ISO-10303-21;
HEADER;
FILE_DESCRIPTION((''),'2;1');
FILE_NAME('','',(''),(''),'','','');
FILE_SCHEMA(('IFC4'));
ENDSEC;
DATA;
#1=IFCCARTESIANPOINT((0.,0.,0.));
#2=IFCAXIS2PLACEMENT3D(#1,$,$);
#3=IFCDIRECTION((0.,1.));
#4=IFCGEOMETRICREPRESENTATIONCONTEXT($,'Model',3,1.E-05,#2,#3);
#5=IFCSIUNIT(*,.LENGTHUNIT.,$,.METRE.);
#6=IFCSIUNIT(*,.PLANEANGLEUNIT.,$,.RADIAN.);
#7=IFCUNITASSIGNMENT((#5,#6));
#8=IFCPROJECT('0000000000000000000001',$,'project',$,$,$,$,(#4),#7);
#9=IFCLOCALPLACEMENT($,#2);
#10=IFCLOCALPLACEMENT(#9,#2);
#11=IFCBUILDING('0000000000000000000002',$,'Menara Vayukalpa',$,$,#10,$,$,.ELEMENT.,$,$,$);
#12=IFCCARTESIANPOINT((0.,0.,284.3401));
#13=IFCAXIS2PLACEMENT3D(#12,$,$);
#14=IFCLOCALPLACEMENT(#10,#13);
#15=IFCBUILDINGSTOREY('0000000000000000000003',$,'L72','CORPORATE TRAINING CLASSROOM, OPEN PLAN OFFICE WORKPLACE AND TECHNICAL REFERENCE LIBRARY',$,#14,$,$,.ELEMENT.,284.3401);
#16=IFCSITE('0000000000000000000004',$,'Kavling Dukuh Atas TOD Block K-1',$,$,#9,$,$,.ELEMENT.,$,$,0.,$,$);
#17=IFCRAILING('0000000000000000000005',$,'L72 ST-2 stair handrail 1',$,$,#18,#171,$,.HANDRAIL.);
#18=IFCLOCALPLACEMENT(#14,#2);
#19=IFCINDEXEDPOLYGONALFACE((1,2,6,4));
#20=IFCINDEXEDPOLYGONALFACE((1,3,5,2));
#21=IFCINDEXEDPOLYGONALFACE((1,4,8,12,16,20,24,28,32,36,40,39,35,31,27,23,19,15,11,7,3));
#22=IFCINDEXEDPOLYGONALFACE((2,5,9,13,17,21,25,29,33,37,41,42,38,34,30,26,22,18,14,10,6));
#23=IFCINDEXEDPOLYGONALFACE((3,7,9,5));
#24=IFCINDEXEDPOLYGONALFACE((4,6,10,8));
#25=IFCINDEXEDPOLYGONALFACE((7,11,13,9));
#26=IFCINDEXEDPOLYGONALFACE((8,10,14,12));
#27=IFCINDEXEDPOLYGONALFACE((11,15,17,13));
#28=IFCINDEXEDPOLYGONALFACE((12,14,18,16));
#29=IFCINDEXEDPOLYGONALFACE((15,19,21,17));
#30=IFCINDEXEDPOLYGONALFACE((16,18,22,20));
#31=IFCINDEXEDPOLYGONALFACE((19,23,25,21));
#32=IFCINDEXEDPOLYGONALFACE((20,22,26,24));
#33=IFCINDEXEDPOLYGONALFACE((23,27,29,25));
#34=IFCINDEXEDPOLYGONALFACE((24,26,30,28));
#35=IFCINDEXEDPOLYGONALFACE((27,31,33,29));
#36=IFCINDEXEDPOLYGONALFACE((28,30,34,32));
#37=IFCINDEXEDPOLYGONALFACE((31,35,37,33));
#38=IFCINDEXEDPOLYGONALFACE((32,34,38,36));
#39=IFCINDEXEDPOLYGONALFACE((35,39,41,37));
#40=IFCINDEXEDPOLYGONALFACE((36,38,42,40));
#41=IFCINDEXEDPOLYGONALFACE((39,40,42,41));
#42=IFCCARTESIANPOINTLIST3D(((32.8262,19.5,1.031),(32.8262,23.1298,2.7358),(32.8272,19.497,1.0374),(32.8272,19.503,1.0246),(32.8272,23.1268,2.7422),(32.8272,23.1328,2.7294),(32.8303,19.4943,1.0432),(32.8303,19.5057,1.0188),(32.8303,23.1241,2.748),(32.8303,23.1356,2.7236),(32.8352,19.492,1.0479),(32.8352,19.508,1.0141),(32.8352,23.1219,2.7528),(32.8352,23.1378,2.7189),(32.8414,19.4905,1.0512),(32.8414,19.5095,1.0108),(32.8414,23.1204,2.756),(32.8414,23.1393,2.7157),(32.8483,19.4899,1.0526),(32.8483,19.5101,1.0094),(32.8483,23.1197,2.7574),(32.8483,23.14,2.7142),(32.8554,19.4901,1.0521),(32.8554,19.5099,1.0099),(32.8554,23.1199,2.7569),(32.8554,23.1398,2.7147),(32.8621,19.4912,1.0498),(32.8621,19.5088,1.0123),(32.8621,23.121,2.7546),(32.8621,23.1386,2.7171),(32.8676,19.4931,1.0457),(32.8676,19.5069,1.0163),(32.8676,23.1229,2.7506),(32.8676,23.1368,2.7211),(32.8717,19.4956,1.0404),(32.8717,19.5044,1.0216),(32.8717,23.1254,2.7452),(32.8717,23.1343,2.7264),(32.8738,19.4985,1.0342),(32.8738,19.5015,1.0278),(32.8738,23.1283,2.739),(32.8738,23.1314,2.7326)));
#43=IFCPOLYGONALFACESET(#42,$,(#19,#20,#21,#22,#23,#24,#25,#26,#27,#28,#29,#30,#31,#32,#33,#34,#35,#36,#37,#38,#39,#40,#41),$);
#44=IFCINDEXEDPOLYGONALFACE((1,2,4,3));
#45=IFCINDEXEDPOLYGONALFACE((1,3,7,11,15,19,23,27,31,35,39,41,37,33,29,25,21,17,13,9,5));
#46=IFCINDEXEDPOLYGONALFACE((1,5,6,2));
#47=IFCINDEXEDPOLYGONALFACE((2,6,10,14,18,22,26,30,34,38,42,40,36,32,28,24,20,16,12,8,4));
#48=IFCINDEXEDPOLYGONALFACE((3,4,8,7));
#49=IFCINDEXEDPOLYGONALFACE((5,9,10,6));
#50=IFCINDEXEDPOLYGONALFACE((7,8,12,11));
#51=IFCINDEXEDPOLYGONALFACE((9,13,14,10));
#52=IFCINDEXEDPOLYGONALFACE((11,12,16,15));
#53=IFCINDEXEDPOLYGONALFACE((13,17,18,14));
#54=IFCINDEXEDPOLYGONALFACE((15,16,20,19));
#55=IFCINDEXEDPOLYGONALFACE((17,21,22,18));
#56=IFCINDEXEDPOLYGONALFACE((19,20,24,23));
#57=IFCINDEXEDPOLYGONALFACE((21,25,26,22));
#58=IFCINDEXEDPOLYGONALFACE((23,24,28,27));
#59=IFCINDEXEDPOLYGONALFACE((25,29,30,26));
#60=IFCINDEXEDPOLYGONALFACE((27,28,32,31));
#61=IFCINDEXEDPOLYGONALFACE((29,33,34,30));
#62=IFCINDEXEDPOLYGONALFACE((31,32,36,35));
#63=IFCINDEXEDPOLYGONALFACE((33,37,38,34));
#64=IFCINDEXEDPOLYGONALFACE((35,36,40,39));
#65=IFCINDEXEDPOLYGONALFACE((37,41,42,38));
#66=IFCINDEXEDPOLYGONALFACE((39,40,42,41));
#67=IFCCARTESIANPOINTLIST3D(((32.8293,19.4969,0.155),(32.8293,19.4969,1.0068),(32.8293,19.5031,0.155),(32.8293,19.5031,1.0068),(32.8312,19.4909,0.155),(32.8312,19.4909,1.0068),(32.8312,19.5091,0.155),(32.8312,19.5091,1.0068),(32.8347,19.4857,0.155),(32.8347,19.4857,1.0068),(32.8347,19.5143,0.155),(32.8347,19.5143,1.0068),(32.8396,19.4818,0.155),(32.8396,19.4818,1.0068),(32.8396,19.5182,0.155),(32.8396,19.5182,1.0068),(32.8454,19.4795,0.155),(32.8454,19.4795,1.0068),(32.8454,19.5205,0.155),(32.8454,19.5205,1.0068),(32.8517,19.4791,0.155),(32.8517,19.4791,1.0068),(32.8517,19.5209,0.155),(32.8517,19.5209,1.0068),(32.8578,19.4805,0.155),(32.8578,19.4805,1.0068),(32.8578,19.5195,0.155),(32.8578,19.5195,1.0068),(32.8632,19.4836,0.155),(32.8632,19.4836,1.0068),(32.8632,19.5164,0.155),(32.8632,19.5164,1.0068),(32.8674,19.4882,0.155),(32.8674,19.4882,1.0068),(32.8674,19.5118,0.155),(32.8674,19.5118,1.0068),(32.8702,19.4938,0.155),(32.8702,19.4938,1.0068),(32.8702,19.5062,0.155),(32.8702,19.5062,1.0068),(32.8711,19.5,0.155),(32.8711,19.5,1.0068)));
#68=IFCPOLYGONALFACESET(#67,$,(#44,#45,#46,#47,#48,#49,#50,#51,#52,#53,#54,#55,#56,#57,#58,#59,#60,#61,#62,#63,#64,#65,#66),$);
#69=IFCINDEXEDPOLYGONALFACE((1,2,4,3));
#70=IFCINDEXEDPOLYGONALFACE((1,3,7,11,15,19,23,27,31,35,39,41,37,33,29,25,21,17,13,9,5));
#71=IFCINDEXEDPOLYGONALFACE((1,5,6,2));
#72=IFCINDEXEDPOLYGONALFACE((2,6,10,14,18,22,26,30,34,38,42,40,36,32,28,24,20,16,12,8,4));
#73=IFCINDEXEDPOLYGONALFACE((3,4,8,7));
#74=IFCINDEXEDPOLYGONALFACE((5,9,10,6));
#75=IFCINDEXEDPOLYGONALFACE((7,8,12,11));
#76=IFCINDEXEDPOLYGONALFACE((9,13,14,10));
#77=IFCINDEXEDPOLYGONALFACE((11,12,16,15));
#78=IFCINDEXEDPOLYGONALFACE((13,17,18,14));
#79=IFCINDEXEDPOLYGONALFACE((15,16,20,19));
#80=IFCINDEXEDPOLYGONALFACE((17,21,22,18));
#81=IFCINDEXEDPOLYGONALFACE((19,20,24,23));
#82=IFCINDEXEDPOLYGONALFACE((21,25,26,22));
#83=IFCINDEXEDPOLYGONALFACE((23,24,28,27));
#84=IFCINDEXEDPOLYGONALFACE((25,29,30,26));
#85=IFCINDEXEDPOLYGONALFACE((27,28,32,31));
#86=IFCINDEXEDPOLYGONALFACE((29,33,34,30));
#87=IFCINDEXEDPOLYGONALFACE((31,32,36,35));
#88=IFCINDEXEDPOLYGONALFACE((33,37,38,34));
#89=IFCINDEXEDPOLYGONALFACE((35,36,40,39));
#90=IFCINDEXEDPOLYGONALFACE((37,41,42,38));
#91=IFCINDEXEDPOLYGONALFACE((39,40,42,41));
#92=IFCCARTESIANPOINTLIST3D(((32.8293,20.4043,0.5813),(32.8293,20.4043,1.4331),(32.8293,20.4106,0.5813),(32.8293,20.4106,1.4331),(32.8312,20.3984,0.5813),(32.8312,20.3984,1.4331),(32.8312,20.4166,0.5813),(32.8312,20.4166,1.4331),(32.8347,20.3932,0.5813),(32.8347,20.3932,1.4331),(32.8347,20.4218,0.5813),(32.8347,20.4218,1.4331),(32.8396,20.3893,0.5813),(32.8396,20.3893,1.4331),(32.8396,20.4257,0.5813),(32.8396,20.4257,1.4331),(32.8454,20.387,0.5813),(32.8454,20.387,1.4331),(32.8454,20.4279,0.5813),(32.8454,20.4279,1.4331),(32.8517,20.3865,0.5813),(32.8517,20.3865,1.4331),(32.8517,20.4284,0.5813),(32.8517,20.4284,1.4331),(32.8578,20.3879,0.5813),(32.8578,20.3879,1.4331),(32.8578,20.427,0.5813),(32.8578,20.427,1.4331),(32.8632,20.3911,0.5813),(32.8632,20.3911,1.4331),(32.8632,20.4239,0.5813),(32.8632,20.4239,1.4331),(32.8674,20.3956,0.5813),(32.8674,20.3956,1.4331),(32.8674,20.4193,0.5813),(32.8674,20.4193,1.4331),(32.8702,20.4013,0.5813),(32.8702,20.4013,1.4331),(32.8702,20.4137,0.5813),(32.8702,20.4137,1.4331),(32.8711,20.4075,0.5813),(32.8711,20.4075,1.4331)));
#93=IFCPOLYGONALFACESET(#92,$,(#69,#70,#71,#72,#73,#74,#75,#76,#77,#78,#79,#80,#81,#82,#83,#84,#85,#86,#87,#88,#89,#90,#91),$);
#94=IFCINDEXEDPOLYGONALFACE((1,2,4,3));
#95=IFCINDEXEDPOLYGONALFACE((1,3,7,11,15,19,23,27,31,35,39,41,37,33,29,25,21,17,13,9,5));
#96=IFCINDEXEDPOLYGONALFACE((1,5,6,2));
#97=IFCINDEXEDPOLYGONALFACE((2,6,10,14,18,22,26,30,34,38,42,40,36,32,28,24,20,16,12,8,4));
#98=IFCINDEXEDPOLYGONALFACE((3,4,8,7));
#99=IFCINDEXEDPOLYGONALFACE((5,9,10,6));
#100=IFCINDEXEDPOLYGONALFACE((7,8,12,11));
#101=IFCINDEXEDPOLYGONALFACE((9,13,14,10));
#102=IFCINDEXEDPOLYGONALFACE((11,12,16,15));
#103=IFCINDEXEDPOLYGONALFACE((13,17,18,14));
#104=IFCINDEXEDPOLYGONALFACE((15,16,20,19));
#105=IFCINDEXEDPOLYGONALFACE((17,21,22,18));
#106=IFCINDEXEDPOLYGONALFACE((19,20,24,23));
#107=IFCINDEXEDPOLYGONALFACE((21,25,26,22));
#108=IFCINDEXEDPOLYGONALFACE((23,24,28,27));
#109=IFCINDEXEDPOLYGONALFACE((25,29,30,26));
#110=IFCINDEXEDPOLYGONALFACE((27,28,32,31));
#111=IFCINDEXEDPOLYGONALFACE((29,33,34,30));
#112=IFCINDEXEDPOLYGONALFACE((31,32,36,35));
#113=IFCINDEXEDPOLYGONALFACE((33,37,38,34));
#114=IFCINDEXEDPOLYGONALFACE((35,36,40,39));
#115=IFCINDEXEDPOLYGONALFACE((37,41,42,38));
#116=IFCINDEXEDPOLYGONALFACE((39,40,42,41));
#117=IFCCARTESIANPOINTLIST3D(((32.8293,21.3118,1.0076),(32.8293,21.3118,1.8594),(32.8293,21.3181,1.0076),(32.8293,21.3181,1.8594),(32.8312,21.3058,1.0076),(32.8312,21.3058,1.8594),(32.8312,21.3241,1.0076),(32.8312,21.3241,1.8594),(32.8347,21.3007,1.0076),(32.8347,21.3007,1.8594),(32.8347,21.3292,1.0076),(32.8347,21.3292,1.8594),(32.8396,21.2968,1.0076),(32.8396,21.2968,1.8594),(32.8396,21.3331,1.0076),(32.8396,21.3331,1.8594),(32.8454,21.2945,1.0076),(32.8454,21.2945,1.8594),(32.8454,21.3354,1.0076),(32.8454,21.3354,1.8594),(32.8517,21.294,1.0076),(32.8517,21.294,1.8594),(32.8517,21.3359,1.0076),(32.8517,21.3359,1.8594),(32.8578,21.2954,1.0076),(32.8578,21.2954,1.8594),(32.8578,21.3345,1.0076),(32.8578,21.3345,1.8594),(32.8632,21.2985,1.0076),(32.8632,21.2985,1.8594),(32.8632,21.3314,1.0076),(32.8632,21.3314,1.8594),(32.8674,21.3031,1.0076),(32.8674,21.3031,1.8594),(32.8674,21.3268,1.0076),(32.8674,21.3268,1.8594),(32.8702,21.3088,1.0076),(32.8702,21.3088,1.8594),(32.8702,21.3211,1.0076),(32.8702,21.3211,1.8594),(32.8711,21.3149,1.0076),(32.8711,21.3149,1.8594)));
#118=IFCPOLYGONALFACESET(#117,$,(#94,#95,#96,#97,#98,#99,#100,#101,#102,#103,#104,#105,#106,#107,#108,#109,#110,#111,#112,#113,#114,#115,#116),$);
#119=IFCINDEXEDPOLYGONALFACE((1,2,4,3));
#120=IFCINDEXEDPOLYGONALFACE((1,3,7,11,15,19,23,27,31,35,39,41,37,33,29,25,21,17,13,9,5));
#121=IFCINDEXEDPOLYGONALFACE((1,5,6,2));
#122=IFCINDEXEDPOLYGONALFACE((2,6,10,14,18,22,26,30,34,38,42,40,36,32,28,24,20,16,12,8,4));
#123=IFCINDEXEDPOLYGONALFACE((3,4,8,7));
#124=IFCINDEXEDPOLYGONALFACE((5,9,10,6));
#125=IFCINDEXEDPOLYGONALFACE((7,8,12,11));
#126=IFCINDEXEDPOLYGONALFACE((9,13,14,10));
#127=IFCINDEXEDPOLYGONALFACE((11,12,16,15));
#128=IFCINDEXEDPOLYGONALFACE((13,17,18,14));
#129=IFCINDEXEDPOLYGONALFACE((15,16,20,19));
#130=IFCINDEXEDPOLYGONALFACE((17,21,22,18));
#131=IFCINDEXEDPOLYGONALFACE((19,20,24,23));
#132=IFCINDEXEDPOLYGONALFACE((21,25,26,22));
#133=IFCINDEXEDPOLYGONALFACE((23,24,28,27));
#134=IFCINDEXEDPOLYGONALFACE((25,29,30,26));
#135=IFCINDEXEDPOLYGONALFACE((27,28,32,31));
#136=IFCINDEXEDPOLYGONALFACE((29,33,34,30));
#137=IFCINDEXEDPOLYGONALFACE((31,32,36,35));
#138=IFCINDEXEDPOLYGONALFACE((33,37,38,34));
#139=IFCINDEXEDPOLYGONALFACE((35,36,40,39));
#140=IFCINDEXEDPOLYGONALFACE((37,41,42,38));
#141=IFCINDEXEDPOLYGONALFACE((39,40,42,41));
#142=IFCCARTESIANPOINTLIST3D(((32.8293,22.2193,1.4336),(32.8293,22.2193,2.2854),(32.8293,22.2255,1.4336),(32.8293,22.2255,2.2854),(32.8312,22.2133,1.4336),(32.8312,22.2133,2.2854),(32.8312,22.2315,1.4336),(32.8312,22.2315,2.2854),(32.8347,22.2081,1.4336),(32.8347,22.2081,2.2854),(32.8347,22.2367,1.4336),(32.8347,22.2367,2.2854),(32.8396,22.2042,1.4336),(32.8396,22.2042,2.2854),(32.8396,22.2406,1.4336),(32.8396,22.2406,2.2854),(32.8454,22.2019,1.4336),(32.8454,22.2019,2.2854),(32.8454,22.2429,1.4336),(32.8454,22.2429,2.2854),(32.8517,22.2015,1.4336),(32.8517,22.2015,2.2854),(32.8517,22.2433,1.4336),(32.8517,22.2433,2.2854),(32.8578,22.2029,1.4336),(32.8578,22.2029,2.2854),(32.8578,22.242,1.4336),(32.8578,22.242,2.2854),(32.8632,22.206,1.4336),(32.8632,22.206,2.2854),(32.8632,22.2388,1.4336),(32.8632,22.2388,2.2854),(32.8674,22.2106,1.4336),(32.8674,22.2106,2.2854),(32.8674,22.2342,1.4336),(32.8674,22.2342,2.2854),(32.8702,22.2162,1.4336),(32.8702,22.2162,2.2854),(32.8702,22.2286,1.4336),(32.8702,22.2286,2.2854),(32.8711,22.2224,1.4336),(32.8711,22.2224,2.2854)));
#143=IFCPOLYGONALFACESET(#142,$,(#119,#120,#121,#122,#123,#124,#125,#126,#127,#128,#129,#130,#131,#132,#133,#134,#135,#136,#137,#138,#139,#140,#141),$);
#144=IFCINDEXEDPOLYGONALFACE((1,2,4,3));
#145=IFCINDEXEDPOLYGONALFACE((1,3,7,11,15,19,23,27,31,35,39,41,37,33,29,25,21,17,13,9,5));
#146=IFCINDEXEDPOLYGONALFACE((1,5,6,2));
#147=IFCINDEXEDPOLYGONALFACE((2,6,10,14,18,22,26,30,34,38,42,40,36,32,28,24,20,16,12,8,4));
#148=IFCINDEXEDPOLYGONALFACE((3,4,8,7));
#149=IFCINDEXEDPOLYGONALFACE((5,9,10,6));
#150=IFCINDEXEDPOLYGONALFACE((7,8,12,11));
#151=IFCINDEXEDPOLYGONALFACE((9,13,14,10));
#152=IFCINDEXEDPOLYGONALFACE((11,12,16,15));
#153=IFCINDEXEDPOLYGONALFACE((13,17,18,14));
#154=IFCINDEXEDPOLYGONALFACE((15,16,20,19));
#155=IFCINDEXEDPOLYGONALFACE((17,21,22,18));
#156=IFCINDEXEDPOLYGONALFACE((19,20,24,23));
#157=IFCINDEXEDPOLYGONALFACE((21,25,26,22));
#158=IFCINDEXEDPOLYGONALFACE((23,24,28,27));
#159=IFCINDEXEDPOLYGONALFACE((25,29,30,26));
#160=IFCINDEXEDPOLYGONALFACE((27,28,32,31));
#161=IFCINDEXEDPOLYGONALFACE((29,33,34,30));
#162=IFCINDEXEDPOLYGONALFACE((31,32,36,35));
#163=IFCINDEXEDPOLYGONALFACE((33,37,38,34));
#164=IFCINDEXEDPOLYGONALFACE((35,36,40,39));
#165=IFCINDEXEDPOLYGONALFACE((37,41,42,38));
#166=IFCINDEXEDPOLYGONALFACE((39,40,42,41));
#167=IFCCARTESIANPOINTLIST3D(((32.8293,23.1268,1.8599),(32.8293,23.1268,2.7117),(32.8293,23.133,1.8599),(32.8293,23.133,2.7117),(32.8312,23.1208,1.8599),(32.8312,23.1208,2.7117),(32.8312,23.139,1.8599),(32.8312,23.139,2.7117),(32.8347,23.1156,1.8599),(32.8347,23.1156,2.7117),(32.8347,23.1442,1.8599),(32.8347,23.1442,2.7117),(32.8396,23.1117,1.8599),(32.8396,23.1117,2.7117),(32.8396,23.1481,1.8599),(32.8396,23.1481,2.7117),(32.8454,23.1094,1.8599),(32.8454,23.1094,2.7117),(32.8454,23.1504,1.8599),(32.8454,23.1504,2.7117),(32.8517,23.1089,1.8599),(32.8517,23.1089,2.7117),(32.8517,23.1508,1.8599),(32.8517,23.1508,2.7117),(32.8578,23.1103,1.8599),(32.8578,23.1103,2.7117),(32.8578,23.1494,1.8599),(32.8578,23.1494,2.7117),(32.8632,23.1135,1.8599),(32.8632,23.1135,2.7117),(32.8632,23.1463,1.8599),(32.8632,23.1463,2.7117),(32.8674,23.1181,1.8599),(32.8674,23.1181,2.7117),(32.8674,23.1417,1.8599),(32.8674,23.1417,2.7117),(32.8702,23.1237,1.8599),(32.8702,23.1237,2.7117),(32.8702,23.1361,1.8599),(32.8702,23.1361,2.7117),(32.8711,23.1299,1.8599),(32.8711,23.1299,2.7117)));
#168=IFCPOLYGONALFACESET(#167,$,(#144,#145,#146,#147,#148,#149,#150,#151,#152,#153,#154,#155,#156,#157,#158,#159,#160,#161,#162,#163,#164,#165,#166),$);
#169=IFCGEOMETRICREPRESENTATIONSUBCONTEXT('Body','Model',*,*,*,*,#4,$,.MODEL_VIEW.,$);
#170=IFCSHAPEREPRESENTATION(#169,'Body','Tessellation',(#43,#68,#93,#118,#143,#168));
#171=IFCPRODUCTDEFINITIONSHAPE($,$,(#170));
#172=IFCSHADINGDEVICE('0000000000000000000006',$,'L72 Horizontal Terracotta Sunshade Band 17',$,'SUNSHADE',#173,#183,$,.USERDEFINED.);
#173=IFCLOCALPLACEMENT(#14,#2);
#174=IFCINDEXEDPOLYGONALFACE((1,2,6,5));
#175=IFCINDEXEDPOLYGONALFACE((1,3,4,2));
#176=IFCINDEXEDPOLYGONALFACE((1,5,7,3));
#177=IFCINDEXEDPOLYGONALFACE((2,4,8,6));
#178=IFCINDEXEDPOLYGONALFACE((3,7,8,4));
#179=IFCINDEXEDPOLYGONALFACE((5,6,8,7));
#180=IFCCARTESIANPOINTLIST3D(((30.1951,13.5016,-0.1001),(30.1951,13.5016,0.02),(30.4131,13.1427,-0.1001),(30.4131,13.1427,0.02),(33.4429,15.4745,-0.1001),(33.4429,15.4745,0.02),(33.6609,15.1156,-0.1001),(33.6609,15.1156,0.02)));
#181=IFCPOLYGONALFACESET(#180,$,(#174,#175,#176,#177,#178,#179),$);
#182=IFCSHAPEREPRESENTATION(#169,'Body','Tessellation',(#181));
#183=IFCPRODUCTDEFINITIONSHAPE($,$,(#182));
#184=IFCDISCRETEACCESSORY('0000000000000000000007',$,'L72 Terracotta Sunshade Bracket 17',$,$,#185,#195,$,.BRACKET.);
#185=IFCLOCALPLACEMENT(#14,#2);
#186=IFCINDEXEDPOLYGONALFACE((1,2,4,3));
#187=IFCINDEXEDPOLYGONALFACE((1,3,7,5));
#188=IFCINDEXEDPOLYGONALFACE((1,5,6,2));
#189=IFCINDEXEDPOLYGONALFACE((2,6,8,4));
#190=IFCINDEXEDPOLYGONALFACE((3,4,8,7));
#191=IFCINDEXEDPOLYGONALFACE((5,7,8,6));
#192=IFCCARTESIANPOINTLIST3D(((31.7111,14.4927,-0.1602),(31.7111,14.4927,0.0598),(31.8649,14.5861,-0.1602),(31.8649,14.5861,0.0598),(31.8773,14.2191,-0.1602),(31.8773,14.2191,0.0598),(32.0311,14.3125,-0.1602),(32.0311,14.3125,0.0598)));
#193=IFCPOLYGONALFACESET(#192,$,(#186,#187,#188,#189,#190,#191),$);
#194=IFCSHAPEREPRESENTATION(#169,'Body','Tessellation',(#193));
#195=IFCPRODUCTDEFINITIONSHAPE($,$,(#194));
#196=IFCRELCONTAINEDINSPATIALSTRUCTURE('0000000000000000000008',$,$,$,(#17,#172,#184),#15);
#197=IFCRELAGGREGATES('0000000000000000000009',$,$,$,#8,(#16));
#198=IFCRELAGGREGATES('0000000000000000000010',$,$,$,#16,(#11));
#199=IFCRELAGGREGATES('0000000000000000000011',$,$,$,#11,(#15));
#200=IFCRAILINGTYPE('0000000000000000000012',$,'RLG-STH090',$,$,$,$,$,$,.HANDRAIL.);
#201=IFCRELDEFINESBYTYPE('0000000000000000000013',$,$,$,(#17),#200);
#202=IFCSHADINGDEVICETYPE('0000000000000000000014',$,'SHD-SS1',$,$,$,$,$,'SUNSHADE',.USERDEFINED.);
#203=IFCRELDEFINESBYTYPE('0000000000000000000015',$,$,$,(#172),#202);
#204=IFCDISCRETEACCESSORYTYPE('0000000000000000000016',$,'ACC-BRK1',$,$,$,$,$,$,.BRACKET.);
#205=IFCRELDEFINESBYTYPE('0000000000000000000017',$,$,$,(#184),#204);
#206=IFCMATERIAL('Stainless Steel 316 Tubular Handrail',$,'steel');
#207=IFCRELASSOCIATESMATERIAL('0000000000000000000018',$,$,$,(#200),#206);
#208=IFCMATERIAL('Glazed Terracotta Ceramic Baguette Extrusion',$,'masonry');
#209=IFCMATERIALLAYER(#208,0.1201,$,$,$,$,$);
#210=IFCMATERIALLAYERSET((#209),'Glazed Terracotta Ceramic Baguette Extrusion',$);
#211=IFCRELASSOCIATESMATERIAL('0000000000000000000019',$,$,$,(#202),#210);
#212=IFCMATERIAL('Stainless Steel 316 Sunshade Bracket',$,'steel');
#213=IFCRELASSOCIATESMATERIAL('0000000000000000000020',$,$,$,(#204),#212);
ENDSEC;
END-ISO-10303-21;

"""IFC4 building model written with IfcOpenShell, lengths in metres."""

from ifc_helpers import new_model, si_unit, direction, frame, origin, origin_2d, place, context, subcontext, project, spatial, rectangle, circle, extrude, material, layer, layer_set, type_object, element, save


model = new_model("IFC4")

# Units and contexts
model_context = context("Model", 3, precision=1e-05, world=origin(), true_north=direction((0.0, 1.0)))
body_context = subcontext(model_context, "Body", "Model", "MODEL_VIEW")
ifc_project = project(units=[si_unit("LENGTHUNIT", "METRE"), si_unit("PLANEANGLEUNIT", "RADIAN")], contexts=[model_context])

# Site, building, storey
site_placement = place(None, origin())
site = spatial("IfcSite", under=ifc_project, at=site_placement, Name="Kavling Dukuh Atas TOD Block K-1", CompositionType="ELEMENT", RefElevation=0.0)
building_placement = place(site_placement, origin())
building = spatial("IfcBuilding", under=site, at=building_placement, Name="Menara Vayukalpa", CompositionType="ELEMENT")
storey_placement = place(building_placement, frame((0.0, 0.0, 284.3401)))
storey = spatial("IfcBuildingStorey", under=building, at=storey_placement, Name="L72", Description="CORPORATE TRAINING CLASSROOM, OPEN PLAN OFFICE WORKPLACE AND TECHNICAL REFERENCE LIBRARY", CompositionType="ELEMENT", Elevation=284.3401)

# Railing
ifc_material_1 = material(Name="Stainless Steel 316 Tubular Handrail", Category="steel")
railing_type_1 = type_object("IfcRailingType", Name="RLG-STH090", PredefinedType="HANDRAIL", material=ifc_material_1)
railing_1_placement = place(storey_placement, frame((32.8501, 19.5, 0.155)))
element("IfcRailing", 1, at=railing_1_placement, inside=storey, type_object=railing_type_1, Name="L72 ST-2 stair handrail 1", PredefinedType="HANDRAIL", context=body_context, shape_type="SweptSolid", body=[
    extrude(circle(Radius=0.0239, at=origin_2d()), frame((0.0, 0.0, 0.876), z_axis=(0.0, 0.90514, 0.425114), x_axis=(-1.0, 0.0, 0.0)), (0.0, 0.0, 1.0), 4.0103),
    extrude(circle(Radius=0.021, at=origin_2d()), origin(), (0.0, 0.0, 1.0), 0.8518),
    extrude(circle(Radius=0.021, at=origin_2d()), frame((0.0, 0.9075, 0.4263)), (0.0, 0.0, 1.0), 0.8518),
    extrude(circle(Radius=0.021, at=origin_2d()), frame((0.0, 1.8149, 0.8525)), (0.0, 0.0, 1.0), 0.8518),
    extrude(circle(Radius=0.021, at=origin_2d()), frame((0.0, 2.7224, 1.2786)), (0.0, 0.0, 1.0), 0.8518),
    extrude(circle(Radius=0.021, at=origin_2d()), frame((0.0, 3.6299, 1.7048)), (0.0, 0.0, 1.0), 0.8518),
])

# Shading device
ifc_material_2 = material(Name="Glazed Terracotta Ceramic Baguette Extrusion", Category="masonry")
ifc_layer_1 = layer(ifc_material_2, 0.1201)
ifc_layer_set_1 = layer_set([ifc_layer_1], Name="Glazed Terracotta Ceramic Baguette Extrusion")
shading_device_type = type_object("IfcShadingDeviceType", Name="SHD-SS1", ElementType="SUNSHADE", PredefinedType="USERDEFINED", material=ifc_layer_set_1)
shading_device_placement = place(storey_placement, frame((31.928, 14.3086, -0.1001), z_axis=(0.0, 0.0, 1.0), x_axis=(0.854667, 0.519176, 0.0)))
element("IfcShadingDevice", 2, at=shading_device_placement, inside=storey, type_object=shading_device_type, Name="L72 Horizontal Terracotta Sunshade Band 17", ObjectType="SUNSHADE", PredefinedType="USERDEFINED", context=body_context, shape_type="SweptSolid", body=[
    extrude(rectangle(XDim=3.8, YDim=0.4199, at=origin_2d()), origin(), (0.0, 0.0, 1.0), 0.1201),
])

# Discrete accessory
ifc_material_3 = material(Name="Stainless Steel 316 Sunshade Bracket", Category="steel")
discrete_accessory_type = type_object("IfcDiscreteAccessoryType", Name="ACC-BRK1", PredefinedType="BRACKET", material=ifc_material_3)
discrete_accessory_placement = place(storey_placement, frame((31.8711, 14.4026, -0.1602), z_axis=(0.0, 0.0, 1.0), x_axis=(0.854667, 0.519176, 0.0)))
element("IfcDiscreteAccessory", 3, at=discrete_accessory_placement, inside=storey, type_object=discrete_accessory_type, Name="L72 Terracotta Sunshade Bracket 17", PredefinedType="BRACKET", context=body_context, shape_type="SweptSolid", body=[
    extrude(rectangle(XDim=0.1799, YDim=0.3201, at=origin_2d()), origin(), (0.0, 0.0, 1.0), 0.22),
])

save(model, "model.ifc")
